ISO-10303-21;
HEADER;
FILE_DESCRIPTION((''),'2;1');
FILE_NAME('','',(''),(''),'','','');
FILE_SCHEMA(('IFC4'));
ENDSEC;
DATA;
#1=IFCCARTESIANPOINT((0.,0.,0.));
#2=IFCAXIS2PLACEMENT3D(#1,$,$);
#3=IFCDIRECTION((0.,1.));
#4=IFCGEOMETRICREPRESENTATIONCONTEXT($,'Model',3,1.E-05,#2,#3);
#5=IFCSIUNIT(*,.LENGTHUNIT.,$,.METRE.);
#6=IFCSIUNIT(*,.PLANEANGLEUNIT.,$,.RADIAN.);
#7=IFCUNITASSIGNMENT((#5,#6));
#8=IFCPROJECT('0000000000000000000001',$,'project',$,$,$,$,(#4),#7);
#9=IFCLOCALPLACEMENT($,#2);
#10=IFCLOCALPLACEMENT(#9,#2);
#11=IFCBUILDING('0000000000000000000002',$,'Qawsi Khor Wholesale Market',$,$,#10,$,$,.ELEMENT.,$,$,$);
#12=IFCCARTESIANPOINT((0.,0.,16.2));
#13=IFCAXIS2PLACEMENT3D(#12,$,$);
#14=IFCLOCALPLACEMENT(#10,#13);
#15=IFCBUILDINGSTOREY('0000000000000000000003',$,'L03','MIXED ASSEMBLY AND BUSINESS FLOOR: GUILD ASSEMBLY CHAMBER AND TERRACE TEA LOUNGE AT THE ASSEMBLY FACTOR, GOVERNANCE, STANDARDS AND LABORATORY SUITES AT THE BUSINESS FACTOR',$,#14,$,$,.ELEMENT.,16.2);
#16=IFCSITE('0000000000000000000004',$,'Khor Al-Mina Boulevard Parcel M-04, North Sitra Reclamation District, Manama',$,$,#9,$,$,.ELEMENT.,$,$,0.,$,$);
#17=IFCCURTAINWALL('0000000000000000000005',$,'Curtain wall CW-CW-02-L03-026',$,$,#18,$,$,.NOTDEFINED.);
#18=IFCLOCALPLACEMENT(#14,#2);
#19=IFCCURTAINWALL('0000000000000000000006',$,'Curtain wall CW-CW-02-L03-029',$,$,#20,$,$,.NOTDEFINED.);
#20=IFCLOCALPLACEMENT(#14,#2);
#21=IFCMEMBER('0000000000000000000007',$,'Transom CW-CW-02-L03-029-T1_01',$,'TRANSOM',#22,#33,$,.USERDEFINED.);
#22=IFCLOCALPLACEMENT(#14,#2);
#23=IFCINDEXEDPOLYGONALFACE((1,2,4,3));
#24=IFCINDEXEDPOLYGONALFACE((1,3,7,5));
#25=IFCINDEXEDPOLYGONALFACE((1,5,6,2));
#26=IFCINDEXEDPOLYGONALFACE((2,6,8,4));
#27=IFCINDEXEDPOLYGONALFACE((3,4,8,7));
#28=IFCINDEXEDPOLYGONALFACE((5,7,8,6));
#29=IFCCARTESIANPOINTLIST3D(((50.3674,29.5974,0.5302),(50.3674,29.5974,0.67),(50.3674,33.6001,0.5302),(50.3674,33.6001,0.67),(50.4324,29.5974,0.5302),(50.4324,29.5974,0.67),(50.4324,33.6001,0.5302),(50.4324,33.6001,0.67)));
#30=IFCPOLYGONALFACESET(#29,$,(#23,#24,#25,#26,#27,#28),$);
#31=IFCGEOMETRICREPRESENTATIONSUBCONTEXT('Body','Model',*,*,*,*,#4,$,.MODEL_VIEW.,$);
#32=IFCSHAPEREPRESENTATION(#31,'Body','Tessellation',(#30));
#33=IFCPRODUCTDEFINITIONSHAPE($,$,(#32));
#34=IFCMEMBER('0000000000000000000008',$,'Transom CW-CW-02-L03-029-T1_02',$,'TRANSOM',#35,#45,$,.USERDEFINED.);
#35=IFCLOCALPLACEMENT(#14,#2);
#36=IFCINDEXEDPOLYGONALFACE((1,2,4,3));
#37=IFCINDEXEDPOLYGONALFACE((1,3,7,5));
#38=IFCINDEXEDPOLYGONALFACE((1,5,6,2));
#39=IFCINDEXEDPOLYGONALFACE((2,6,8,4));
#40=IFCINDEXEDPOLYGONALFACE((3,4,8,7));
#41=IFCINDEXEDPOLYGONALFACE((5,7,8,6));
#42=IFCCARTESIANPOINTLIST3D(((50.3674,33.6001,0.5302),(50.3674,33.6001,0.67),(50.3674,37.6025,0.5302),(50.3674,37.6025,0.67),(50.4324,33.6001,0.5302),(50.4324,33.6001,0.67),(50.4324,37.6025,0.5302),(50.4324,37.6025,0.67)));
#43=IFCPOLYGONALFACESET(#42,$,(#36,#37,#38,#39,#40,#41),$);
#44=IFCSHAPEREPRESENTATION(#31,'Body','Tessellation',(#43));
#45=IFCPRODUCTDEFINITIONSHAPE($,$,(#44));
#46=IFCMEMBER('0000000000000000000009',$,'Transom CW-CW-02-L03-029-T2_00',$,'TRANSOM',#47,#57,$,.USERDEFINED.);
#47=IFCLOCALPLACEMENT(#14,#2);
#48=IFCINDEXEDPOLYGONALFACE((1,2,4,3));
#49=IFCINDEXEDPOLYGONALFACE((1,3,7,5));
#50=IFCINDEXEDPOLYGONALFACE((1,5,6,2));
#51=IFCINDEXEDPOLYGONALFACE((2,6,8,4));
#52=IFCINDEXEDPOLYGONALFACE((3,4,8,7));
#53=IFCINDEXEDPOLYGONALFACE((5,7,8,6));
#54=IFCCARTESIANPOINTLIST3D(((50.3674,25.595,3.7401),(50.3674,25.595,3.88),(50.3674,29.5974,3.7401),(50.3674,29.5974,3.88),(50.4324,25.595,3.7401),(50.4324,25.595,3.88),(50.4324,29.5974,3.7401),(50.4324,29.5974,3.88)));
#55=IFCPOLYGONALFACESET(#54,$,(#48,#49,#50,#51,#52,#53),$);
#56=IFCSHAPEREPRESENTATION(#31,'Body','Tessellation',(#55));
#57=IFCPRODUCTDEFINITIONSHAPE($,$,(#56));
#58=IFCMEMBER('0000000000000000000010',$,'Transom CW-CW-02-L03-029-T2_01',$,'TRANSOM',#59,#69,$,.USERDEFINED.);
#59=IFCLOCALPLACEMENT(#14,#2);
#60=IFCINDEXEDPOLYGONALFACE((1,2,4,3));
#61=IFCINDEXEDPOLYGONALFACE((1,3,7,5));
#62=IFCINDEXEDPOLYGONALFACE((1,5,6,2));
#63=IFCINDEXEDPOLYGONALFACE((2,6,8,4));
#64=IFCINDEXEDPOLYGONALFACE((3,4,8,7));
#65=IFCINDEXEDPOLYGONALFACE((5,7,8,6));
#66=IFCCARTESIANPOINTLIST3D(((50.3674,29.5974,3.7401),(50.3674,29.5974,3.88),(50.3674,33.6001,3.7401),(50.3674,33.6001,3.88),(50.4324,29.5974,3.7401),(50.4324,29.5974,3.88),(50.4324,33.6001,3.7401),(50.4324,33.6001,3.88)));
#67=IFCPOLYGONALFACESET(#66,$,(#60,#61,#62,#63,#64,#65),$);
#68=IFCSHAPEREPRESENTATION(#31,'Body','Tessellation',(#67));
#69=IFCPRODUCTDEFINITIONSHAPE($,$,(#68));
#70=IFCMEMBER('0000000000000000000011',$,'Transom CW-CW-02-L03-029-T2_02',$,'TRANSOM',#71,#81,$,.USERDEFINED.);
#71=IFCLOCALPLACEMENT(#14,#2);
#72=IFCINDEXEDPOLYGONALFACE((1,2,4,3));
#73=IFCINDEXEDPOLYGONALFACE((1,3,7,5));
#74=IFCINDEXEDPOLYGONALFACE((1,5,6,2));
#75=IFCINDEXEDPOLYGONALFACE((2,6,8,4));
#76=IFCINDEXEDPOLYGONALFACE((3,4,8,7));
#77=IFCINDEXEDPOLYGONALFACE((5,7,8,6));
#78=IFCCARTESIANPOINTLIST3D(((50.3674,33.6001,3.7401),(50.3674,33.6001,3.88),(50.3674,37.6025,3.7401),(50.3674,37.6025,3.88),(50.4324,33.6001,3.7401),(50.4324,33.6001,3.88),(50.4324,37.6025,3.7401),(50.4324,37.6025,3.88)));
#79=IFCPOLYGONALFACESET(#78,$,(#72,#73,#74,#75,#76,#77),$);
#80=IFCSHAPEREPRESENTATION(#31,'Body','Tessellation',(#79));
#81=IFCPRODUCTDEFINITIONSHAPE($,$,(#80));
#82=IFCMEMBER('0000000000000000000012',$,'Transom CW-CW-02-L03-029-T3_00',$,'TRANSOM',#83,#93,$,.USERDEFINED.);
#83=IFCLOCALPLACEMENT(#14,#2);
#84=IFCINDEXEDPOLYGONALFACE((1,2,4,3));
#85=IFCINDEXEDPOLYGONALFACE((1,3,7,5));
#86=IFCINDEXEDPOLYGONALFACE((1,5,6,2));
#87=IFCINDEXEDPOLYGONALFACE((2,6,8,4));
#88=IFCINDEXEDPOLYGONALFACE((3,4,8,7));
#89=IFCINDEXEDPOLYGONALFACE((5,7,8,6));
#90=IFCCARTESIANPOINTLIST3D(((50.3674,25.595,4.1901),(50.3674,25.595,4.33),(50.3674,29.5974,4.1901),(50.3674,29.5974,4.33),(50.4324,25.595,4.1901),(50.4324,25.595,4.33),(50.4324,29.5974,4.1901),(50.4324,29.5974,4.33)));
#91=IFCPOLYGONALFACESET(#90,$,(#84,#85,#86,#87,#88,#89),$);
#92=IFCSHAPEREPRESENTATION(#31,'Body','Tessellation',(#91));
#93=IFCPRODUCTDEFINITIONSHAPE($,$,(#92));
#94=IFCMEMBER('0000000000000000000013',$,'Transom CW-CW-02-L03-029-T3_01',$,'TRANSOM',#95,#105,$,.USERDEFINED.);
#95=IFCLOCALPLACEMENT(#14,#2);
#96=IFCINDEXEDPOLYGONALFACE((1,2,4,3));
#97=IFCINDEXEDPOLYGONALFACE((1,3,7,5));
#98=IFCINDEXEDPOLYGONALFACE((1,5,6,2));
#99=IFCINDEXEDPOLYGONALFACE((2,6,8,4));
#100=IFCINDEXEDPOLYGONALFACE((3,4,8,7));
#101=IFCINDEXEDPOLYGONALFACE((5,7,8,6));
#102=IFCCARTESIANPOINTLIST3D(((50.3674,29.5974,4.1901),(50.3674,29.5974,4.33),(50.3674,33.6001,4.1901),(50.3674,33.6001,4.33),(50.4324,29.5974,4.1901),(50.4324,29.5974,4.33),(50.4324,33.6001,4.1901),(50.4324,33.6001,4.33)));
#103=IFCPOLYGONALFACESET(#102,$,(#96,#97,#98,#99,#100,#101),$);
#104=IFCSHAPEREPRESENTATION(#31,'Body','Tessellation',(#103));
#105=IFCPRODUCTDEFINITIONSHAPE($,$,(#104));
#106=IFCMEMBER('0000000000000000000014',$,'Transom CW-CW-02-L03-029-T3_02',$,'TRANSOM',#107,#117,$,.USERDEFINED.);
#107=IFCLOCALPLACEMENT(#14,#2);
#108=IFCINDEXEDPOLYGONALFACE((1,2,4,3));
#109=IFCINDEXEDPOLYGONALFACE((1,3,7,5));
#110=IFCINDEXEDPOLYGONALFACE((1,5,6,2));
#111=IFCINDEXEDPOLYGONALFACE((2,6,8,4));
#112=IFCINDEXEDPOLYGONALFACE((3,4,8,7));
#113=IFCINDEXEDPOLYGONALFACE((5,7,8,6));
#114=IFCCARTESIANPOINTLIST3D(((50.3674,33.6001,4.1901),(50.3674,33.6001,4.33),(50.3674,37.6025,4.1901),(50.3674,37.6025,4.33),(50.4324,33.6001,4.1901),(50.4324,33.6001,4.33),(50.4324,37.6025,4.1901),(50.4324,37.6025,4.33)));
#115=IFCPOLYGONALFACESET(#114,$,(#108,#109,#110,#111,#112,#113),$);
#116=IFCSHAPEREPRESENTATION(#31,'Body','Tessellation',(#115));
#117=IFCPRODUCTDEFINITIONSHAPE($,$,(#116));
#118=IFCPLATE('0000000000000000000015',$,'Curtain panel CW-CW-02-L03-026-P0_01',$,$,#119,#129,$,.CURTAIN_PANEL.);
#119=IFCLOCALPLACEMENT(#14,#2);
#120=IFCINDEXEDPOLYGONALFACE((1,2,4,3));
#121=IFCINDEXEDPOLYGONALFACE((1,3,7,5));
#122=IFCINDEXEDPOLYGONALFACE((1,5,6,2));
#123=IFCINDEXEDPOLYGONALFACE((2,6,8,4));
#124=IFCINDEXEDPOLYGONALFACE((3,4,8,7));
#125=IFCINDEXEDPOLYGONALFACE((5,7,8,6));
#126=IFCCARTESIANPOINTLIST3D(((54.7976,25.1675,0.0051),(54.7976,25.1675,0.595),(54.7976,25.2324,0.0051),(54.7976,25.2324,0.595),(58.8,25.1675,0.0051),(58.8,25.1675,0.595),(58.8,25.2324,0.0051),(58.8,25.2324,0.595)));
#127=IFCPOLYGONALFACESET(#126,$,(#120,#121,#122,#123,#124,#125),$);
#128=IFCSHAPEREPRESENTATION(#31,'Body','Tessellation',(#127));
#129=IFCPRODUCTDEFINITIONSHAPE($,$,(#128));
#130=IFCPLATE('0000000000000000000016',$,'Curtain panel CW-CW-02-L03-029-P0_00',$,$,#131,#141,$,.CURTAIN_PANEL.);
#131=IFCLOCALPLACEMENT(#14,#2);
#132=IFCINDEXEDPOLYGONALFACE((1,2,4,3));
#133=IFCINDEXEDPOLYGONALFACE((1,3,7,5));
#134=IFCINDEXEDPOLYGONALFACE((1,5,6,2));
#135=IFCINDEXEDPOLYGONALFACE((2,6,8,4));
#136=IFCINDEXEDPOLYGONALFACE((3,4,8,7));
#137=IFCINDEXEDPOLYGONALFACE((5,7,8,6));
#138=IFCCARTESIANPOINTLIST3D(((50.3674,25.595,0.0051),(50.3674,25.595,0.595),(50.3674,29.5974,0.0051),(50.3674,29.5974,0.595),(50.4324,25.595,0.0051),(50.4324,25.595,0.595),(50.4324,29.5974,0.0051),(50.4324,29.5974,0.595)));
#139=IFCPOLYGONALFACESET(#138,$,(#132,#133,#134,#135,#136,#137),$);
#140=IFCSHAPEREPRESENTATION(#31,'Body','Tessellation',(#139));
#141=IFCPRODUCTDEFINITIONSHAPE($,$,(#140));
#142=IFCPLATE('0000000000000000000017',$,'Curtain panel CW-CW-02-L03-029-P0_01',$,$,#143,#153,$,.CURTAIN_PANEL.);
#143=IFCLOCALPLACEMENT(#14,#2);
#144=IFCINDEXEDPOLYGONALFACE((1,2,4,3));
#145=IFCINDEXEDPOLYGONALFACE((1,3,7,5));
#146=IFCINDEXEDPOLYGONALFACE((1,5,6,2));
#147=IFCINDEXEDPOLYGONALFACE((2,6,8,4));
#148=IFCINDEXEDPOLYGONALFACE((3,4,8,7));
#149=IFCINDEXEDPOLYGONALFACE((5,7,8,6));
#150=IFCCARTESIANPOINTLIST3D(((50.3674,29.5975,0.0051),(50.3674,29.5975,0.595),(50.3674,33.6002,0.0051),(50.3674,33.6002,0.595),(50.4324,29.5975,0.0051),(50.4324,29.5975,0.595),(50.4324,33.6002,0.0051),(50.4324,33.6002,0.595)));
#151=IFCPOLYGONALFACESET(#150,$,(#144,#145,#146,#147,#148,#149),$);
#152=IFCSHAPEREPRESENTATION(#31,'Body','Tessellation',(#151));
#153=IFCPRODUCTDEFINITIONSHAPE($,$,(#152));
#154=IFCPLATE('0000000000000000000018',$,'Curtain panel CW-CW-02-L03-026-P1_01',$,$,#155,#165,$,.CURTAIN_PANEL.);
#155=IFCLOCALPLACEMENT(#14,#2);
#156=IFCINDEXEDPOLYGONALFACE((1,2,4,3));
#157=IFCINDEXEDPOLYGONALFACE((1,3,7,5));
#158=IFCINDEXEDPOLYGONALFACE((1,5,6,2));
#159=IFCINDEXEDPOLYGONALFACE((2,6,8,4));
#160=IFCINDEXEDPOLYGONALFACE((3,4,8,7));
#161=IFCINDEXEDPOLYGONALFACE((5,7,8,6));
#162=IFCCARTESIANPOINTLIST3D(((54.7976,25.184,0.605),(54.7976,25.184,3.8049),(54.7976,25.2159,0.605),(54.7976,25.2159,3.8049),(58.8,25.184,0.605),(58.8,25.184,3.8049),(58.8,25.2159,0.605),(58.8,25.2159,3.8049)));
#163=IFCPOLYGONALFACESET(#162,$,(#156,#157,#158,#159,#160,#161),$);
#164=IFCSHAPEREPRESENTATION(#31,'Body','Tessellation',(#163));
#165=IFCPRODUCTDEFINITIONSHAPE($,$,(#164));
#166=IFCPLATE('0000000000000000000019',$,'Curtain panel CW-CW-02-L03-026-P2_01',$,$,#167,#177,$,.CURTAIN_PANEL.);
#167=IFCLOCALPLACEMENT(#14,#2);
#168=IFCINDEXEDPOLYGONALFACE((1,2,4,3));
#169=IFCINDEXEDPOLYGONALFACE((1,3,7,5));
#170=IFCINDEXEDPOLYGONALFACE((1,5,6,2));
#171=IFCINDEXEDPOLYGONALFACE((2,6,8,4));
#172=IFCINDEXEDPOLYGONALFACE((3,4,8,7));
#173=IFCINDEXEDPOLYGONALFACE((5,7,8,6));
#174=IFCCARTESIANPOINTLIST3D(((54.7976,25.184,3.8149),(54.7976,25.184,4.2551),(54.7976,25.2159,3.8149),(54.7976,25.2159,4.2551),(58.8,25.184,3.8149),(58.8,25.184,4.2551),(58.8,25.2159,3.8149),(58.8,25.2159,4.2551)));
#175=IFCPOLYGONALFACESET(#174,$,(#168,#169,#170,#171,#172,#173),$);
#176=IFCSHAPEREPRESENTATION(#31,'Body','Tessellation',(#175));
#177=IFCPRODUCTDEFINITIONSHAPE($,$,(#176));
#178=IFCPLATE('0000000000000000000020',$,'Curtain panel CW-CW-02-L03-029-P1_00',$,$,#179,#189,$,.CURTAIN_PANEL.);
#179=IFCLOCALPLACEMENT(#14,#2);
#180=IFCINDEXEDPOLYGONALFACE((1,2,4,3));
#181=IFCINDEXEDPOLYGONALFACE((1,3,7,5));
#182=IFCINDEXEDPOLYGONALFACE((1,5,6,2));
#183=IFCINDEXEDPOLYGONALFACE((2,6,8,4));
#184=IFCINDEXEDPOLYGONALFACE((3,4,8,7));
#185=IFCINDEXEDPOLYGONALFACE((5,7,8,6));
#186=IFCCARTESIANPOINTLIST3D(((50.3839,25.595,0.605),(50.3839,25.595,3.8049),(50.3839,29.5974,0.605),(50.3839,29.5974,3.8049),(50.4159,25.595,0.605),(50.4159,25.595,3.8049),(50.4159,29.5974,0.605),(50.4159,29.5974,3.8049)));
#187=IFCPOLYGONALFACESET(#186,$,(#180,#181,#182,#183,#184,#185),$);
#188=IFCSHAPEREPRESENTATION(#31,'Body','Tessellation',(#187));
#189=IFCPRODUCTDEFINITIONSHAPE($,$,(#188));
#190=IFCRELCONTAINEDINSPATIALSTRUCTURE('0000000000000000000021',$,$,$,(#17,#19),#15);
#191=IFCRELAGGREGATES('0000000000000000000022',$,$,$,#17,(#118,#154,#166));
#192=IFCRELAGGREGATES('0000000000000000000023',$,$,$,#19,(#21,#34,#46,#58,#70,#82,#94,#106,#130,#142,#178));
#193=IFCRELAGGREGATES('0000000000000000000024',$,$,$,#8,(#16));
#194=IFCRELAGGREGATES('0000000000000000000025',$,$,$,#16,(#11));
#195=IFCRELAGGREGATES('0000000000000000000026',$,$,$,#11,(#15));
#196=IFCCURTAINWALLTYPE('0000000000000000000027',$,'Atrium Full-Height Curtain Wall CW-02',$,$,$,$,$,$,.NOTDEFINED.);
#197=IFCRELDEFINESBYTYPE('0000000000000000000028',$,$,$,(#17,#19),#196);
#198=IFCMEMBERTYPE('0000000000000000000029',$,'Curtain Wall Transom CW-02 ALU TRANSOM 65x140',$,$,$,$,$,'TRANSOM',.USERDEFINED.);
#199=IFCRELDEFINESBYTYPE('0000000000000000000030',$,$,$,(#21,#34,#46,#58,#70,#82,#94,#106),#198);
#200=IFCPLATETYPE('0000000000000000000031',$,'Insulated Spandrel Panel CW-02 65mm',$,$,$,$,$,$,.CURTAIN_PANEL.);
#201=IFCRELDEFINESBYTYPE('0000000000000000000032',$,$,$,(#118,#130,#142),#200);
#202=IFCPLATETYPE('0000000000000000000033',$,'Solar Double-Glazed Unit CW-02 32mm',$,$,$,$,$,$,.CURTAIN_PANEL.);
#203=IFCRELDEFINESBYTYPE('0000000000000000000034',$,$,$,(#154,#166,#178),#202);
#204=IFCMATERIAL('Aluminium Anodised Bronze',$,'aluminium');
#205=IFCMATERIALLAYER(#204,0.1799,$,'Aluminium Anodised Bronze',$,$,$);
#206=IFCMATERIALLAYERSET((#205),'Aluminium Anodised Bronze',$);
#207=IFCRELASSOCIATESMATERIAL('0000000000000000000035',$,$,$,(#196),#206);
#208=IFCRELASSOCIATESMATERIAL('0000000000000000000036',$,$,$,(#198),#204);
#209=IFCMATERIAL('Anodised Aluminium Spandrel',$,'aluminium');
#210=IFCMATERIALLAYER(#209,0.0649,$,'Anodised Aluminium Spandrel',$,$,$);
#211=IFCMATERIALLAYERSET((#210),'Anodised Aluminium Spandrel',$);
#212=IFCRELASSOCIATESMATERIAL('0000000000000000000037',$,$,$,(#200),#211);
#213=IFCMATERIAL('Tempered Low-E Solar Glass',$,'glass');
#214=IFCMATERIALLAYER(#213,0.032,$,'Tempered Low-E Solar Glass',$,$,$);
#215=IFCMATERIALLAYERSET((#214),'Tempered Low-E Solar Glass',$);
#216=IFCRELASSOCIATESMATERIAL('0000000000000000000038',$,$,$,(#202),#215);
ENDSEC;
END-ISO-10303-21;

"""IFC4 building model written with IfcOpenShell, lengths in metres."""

from ifc_helpers import new_model, si_unit, direction, frame, frame_2d, origin, origin_2d, place, context, subcontext, project, spatial, rectangle, extrude, material, layer, layer_set, material_profile, profile_set, type_object, element, aggregate, save


model = new_model("IFC4")

# Units and contexts
model_context = context("Model", 3, precision=1e-05, world=origin(), true_north=direction((0.0, 1.0)))
body_context = subcontext(model_context, "Body", "Model", "MODEL_VIEW")
ifc_project = project(units=[si_unit("LENGTHUNIT", "METRE"), si_unit("PLANEANGLEUNIT", "RADIAN")], contexts=[model_context])

# Site, building, storey
site_placement = place(None, origin())
site = spatial("IfcSite", under=ifc_project, at=site_placement, Name="Khor Al-Mina Boulevard Parcel M-04, North Sitra Reclamation District, Manama", CompositionType="ELEMENT", RefElevation=0.0)
building_placement = place(site_placement, origin())
building = spatial("IfcBuilding", under=site, at=building_placement, Name="Qawsi Khor Wholesale Market", CompositionType="ELEMENT")
storey_placement = place(building_placement, frame((0.0, 0.0, 16.2)))
storey = spatial("IfcBuildingStorey", under=building, at=storey_placement, Name="L03", Description="MIXED ASSEMBLY AND BUSINESS FLOOR: GUILD ASSEMBLY CHAMBER AND TERRACE TEA LOUNGE AT THE ASSEMBLY FACTOR, GOVERNANCE, STANDARDS AND LABORATORY SUITES AT THE BUSINESS FACTOR", CompositionType="ELEMENT", Elevation=16.2)

# Curtain wall
ifc_material_1 = material(Name="Aluminium Anodised Bronze", Category="aluminium")
ifc_layer_1 = layer(ifc_material_1, 0.1799, Name="Aluminium Anodised Bronze")
ifc_layer_set_1 = layer_set([ifc_layer_1], Name="Aluminium Anodised Bronze")
curtain_wall_type = type_object("IfcCurtainWallType", Name="Atrium Full-Height Curtain Wall CW-02", PredefinedType="NOTDEFINED", material=ifc_layer_set_1)
curtain_wall_1_placement = place(storey_placement, origin())
curtain_wall_1 = element("IfcCurtainWall", 1, at=curtain_wall_1_placement, inside=storey, type_object=curtain_wall_type, Name="Curtain wall CW-CW-02-L03-026", PredefinedType="NOTDEFINED")

# Curtain wall
curtain_wall_2_placement = place(storey_placement, origin())
curtain_wall_2 = element("IfcCurtainWall", 2, at=curtain_wall_2_placement, inside=storey, type_object=curtain_wall_type, Name="Curtain wall CW-CW-02-L03-029", PredefinedType="NOTDEFINED")

# Members
ifc_material_profile_1 = material_profile(ifc_material_1, rectangle(XDim=0.0649, YDim=0.1399, at=origin_2d()), Name="ALU TRANSOM 65x140")
ifc_profile_set_1 = profile_set([ifc_material_profile_1], Name="Aluminium Anodised Bronze")
member_type_1 = type_object("IfcMemberType", Name="Curtain Wall Transom CW-02 ALU TRANSOM 65x140", ElementType="TRANSOM", PredefinedType="USERDEFINED", material=ifc_profile_set_1)
member_1_placement = place(storey_placement, frame((50.3999, 29.5974, 0.6001), z_axis=(0.0, 1.0, 0.0), x_axis=(-1.0, 0.0, 0.0)))
member_1 = element("IfcMember", 3, at=member_1_placement, type_object=member_type_1, Name="Transom CW-CW-02-L03-029-T1_01", ObjectType="TRANSOM", PredefinedType="USERDEFINED", context=body_context, shape_type="SweptSolid", body=[
    extrude(rectangle(XDim=0.0649, YDim=0.1399, at=origin_2d()), origin(), (0.0, 0.0, 1.0), 4.0027),
])
member_2_placement = place(storey_placement, frame((50.3999, 33.6001, 0.6001), z_axis=(0.0, 1.0, 0.0), x_axis=(-1.0, 0.0, 0.0)))
member_2 = element("IfcMember", 4, at=member_2_placement, type_object=member_type_1, Name="Transom CW-CW-02-L03-029-T1_02", ObjectType="TRANSOM", PredefinedType="USERDEFINED", context=body_context, shape_type="SweptSolid", body=[
    extrude(rectangle(XDim=0.0649, YDim=0.1399, at=origin_2d()), origin(), (0.0, 0.0, 1.0), 4.0024),
])
member_3_placement = place(storey_placement, frame((50.3999, 25.595, 3.8101), z_axis=(0.0, 1.0, 0.0), x_axis=(-1.0, 0.0, 0.0)))
member_3 = element("IfcMember", 5, at=member_3_placement, type_object=member_type_1, Name="Transom CW-CW-02-L03-029-T2_00", ObjectType="TRANSOM", PredefinedType="USERDEFINED", context=body_context, shape_type="SweptSolid", body=[
    extrude(rectangle(XDim=0.0649, YDim=0.1399, at=origin_2d()), origin(), (0.0, 0.0, 1.0), 4.0024),
])
member_4_placement = place(storey_placement, frame((50.3999, 29.5974, 3.8101), z_axis=(0.0, 1.0, 0.0), x_axis=(-1.0, 0.0, 0.0)))
member_4 = element("IfcMember", 6, at=member_4_placement, type_object=member_type_1, Name="Transom CW-CW-02-L03-029-T2_01", ObjectType="TRANSOM", PredefinedType="USERDEFINED", context=body_context, shape_type="SweptSolid", body=[
    extrude(rectangle(XDim=0.0649, YDim=0.1399, at=origin_2d()), origin(), (0.0, 0.0, 1.0), 4.0027),
])
member_5_placement = place(storey_placement, frame((50.3999, 33.6001, 3.8101), z_axis=(0.0, 1.0, 0.0), x_axis=(-1.0, 0.0, 0.0)))
member_5 = element("IfcMember", 7, at=member_5_placement, type_object=member_type_1, Name="Transom CW-CW-02-L03-029-T2_02", ObjectType="TRANSOM", PredefinedType="USERDEFINED", context=body_context, shape_type="SweptSolid", body=[
    extrude(rectangle(XDim=0.0649, YDim=0.1399, at=origin_2d()), origin(), (0.0, 0.0, 1.0), 4.0024),
])
member_6_placement = place(storey_placement, frame((50.3999, 25.595, 4.26), z_axis=(0.0, 1.0, 0.0), x_axis=(-1.0, 0.0, 0.0)))
member_6 = element("IfcMember", 8, at=member_6_placement, type_object=member_type_1, Name="Transom CW-CW-02-L03-029-T3_00", ObjectType="TRANSOM", PredefinedType="USERDEFINED", context=body_context, shape_type="SweptSolid", body=[
    extrude(rectangle(XDim=0.0649, YDim=0.1399, at=origin_2d()), origin(), (0.0, 0.0, 1.0), 4.0024),
])
member_7_placement = place(storey_placement, frame((50.3999, 29.5974, 4.26), z_axis=(0.0, 1.0, 0.0), x_axis=(-1.0, 0.0, 0.0)))
member_7 = element("IfcMember", 9, at=member_7_placement, type_object=member_type_1, Name="Transom CW-CW-02-L03-029-T3_01", ObjectType="TRANSOM", PredefinedType="USERDEFINED", context=body_context, shape_type="SweptSolid", body=[
    extrude(rectangle(XDim=0.0649, YDim=0.1399, at=origin_2d()), origin(), (0.0, 0.0, 1.0), 4.0027),
])
member_8_placement = place(storey_placement, frame((50.3999, 33.6001, 4.26), z_axis=(0.0, 1.0, 0.0), x_axis=(-1.0, 0.0, 0.0)))
member_8 = element("IfcMember", 10, at=member_8_placement, type_object=member_type_1, Name="Transom CW-CW-02-L03-029-T3_02", ObjectType="TRANSOM", PredefinedType="USERDEFINED", context=body_context, shape_type="SweptSolid", body=[
    extrude(rectangle(XDim=0.0649, YDim=0.1399, at=origin_2d()), origin(), (0.0, 0.0, 1.0), 4.0024),
])

# Plates
ifc_material_2 = material(Name="Anodised Aluminium Spandrel", Category="aluminium")
ifc_layer_2 = layer(ifc_material_2, 0.0649, Name="Anodised Aluminium Spandrel")
ifc_layer_set_2 = layer_set([ifc_layer_2], Name="Anodised Aluminium Spandrel")
plate_type_1 = type_object("IfcPlateType", Name="Insulated Spandrel Panel CW-02 65mm", PredefinedType="CURTAIN_PANEL", material=ifc_layer_set_2)
plate_1_placement = place(storey_placement, frame((54.7976, 25.2, 0.0051), z_axis=(0.0, 0.0, 1.0), x_axis=(1.0, 0.0, 0.0)))
plate_1 = element("IfcPlate", 11, at=plate_1_placement, type_object=plate_type_1, Name="Curtain panel CW-CW-02-L03-026-P0_01", PredefinedType="CURTAIN_PANEL", context=body_context, shape_type="SweptSolid", body=[
    extrude(rectangle(XDim=4.0024, YDim=0.0649, at=frame_2d((2.0012, 0.0))), origin(), (0.0, 0.0, 1.0), 0.5898),
])
plate_2_placement = place(storey_placement, frame((50.3999, 25.595, 0.0051), z_axis=(0.0, 0.0, 1.0), x_axis=(0.0, 1.0, 0.0)))
plate_2 = element("IfcPlate", 12, at=plate_2_placement, type_object=plate_type_1, Name="Curtain panel CW-CW-02-L03-029-P0_00", PredefinedType="CURTAIN_PANEL", context=body_context, shape_type="SweptSolid", body=[
    extrude(rectangle(XDim=4.0024, YDim=0.0649, at=frame_2d((2.0012, 0.0))), origin(), (0.0, 0.0, 1.0), 0.5898),
])
plate_3_placement = place(storey_placement, frame((50.3999, 29.5974, 0.0051), z_axis=(0.0, 0.0, 1.0), x_axis=(0.0, 1.0, 0.0)))
plate_3 = element("IfcPlate", 13, at=plate_3_placement, type_object=plate_type_1, Name="Curtain panel CW-CW-02-L03-029-P0_01", PredefinedType="CURTAIN_PANEL", context=body_context, shape_type="SweptSolid", body=[
    extrude(rectangle(XDim=4.0027, YDim=0.0649, at=frame_2d((2.0015, 0.0))), origin(), (0.0, 0.0, 1.0), 0.5898),
])
ifc_material_3 = material(Name="Tempered Low-E Solar Glass", Category="glass")
ifc_layer_3 = layer(ifc_material_3, 0.032, Name="Tempered Low-E Solar Glass")
ifc_layer_set_3 = layer_set([ifc_layer_3], Name="Tempered Low-E Solar Glass")
plate_type_2 = type_object("IfcPlateType", Name="Solar Double-Glazed Unit CW-02 32mm", PredefinedType="CURTAIN_PANEL", material=ifc_layer_set_3)
plate_4_placement = place(storey_placement, frame((54.7976, 25.2, 0.605), z_axis=(0.0, 0.0, 1.0), x_axis=(1.0, 0.0, 0.0)))
plate_4 = element("IfcPlate", 14, at=plate_4_placement, type_object=plate_type_2, Name="Curtain panel CW-CW-02-L03-026-P1_01", PredefinedType="CURTAIN_PANEL", context=body_context, shape_type="SweptSolid", body=[
    extrude(rectangle(XDim=4.0024, YDim=0.032, at=frame_2d((2.0012, 0.0))), origin(), (0.0, 0.0, 1.0), 3.2),
])
plate_5_placement = place(storey_placement, frame((54.7976, 25.2, 3.8149), z_axis=(0.0, 0.0, 1.0), x_axis=(1.0, 0.0, 0.0)))
plate_5 = element("IfcPlate", 15, at=plate_5_placement, type_object=plate_type_2, Name="Curtain panel CW-CW-02-L03-026-P2_01", PredefinedType="CURTAIN_PANEL", context=body_context, shape_type="SweptSolid", body=[
    extrude(rectangle(XDim=4.0024, YDim=0.032, at=frame_2d((2.0012, 0.0))), origin(), (0.0, 0.0, 1.0), 0.4402),
])
aggregate(curtain_wall_1, [plate_1, plate_4, plate_5])
plate_6_placement = place(storey_placement, frame((50.3999, 25.595, 0.605), z_axis=(0.0, 0.0, 1.0), x_axis=(0.0, 1.0, 0.0)))
plate_6 = element("IfcPlate", 16, at=plate_6_placement, type_object=plate_type_2, Name="Curtain panel CW-CW-02-L03-029-P1_00", PredefinedType="CURTAIN_PANEL", context=body_context, shape_type="SweptSolid", body=[
    extrude(rectangle(XDim=4.0024, YDim=0.032, at=frame_2d((2.0012, 0.0))), origin(), (0.0, 0.0, 1.0), 3.2),
])
aggregate(curtain_wall_2, [member_1, member_2, member_3, member_4, member_5, member_6, member_7, member_8, plate_2, plate_3, plate_6])

save(model, "model.ifc")
